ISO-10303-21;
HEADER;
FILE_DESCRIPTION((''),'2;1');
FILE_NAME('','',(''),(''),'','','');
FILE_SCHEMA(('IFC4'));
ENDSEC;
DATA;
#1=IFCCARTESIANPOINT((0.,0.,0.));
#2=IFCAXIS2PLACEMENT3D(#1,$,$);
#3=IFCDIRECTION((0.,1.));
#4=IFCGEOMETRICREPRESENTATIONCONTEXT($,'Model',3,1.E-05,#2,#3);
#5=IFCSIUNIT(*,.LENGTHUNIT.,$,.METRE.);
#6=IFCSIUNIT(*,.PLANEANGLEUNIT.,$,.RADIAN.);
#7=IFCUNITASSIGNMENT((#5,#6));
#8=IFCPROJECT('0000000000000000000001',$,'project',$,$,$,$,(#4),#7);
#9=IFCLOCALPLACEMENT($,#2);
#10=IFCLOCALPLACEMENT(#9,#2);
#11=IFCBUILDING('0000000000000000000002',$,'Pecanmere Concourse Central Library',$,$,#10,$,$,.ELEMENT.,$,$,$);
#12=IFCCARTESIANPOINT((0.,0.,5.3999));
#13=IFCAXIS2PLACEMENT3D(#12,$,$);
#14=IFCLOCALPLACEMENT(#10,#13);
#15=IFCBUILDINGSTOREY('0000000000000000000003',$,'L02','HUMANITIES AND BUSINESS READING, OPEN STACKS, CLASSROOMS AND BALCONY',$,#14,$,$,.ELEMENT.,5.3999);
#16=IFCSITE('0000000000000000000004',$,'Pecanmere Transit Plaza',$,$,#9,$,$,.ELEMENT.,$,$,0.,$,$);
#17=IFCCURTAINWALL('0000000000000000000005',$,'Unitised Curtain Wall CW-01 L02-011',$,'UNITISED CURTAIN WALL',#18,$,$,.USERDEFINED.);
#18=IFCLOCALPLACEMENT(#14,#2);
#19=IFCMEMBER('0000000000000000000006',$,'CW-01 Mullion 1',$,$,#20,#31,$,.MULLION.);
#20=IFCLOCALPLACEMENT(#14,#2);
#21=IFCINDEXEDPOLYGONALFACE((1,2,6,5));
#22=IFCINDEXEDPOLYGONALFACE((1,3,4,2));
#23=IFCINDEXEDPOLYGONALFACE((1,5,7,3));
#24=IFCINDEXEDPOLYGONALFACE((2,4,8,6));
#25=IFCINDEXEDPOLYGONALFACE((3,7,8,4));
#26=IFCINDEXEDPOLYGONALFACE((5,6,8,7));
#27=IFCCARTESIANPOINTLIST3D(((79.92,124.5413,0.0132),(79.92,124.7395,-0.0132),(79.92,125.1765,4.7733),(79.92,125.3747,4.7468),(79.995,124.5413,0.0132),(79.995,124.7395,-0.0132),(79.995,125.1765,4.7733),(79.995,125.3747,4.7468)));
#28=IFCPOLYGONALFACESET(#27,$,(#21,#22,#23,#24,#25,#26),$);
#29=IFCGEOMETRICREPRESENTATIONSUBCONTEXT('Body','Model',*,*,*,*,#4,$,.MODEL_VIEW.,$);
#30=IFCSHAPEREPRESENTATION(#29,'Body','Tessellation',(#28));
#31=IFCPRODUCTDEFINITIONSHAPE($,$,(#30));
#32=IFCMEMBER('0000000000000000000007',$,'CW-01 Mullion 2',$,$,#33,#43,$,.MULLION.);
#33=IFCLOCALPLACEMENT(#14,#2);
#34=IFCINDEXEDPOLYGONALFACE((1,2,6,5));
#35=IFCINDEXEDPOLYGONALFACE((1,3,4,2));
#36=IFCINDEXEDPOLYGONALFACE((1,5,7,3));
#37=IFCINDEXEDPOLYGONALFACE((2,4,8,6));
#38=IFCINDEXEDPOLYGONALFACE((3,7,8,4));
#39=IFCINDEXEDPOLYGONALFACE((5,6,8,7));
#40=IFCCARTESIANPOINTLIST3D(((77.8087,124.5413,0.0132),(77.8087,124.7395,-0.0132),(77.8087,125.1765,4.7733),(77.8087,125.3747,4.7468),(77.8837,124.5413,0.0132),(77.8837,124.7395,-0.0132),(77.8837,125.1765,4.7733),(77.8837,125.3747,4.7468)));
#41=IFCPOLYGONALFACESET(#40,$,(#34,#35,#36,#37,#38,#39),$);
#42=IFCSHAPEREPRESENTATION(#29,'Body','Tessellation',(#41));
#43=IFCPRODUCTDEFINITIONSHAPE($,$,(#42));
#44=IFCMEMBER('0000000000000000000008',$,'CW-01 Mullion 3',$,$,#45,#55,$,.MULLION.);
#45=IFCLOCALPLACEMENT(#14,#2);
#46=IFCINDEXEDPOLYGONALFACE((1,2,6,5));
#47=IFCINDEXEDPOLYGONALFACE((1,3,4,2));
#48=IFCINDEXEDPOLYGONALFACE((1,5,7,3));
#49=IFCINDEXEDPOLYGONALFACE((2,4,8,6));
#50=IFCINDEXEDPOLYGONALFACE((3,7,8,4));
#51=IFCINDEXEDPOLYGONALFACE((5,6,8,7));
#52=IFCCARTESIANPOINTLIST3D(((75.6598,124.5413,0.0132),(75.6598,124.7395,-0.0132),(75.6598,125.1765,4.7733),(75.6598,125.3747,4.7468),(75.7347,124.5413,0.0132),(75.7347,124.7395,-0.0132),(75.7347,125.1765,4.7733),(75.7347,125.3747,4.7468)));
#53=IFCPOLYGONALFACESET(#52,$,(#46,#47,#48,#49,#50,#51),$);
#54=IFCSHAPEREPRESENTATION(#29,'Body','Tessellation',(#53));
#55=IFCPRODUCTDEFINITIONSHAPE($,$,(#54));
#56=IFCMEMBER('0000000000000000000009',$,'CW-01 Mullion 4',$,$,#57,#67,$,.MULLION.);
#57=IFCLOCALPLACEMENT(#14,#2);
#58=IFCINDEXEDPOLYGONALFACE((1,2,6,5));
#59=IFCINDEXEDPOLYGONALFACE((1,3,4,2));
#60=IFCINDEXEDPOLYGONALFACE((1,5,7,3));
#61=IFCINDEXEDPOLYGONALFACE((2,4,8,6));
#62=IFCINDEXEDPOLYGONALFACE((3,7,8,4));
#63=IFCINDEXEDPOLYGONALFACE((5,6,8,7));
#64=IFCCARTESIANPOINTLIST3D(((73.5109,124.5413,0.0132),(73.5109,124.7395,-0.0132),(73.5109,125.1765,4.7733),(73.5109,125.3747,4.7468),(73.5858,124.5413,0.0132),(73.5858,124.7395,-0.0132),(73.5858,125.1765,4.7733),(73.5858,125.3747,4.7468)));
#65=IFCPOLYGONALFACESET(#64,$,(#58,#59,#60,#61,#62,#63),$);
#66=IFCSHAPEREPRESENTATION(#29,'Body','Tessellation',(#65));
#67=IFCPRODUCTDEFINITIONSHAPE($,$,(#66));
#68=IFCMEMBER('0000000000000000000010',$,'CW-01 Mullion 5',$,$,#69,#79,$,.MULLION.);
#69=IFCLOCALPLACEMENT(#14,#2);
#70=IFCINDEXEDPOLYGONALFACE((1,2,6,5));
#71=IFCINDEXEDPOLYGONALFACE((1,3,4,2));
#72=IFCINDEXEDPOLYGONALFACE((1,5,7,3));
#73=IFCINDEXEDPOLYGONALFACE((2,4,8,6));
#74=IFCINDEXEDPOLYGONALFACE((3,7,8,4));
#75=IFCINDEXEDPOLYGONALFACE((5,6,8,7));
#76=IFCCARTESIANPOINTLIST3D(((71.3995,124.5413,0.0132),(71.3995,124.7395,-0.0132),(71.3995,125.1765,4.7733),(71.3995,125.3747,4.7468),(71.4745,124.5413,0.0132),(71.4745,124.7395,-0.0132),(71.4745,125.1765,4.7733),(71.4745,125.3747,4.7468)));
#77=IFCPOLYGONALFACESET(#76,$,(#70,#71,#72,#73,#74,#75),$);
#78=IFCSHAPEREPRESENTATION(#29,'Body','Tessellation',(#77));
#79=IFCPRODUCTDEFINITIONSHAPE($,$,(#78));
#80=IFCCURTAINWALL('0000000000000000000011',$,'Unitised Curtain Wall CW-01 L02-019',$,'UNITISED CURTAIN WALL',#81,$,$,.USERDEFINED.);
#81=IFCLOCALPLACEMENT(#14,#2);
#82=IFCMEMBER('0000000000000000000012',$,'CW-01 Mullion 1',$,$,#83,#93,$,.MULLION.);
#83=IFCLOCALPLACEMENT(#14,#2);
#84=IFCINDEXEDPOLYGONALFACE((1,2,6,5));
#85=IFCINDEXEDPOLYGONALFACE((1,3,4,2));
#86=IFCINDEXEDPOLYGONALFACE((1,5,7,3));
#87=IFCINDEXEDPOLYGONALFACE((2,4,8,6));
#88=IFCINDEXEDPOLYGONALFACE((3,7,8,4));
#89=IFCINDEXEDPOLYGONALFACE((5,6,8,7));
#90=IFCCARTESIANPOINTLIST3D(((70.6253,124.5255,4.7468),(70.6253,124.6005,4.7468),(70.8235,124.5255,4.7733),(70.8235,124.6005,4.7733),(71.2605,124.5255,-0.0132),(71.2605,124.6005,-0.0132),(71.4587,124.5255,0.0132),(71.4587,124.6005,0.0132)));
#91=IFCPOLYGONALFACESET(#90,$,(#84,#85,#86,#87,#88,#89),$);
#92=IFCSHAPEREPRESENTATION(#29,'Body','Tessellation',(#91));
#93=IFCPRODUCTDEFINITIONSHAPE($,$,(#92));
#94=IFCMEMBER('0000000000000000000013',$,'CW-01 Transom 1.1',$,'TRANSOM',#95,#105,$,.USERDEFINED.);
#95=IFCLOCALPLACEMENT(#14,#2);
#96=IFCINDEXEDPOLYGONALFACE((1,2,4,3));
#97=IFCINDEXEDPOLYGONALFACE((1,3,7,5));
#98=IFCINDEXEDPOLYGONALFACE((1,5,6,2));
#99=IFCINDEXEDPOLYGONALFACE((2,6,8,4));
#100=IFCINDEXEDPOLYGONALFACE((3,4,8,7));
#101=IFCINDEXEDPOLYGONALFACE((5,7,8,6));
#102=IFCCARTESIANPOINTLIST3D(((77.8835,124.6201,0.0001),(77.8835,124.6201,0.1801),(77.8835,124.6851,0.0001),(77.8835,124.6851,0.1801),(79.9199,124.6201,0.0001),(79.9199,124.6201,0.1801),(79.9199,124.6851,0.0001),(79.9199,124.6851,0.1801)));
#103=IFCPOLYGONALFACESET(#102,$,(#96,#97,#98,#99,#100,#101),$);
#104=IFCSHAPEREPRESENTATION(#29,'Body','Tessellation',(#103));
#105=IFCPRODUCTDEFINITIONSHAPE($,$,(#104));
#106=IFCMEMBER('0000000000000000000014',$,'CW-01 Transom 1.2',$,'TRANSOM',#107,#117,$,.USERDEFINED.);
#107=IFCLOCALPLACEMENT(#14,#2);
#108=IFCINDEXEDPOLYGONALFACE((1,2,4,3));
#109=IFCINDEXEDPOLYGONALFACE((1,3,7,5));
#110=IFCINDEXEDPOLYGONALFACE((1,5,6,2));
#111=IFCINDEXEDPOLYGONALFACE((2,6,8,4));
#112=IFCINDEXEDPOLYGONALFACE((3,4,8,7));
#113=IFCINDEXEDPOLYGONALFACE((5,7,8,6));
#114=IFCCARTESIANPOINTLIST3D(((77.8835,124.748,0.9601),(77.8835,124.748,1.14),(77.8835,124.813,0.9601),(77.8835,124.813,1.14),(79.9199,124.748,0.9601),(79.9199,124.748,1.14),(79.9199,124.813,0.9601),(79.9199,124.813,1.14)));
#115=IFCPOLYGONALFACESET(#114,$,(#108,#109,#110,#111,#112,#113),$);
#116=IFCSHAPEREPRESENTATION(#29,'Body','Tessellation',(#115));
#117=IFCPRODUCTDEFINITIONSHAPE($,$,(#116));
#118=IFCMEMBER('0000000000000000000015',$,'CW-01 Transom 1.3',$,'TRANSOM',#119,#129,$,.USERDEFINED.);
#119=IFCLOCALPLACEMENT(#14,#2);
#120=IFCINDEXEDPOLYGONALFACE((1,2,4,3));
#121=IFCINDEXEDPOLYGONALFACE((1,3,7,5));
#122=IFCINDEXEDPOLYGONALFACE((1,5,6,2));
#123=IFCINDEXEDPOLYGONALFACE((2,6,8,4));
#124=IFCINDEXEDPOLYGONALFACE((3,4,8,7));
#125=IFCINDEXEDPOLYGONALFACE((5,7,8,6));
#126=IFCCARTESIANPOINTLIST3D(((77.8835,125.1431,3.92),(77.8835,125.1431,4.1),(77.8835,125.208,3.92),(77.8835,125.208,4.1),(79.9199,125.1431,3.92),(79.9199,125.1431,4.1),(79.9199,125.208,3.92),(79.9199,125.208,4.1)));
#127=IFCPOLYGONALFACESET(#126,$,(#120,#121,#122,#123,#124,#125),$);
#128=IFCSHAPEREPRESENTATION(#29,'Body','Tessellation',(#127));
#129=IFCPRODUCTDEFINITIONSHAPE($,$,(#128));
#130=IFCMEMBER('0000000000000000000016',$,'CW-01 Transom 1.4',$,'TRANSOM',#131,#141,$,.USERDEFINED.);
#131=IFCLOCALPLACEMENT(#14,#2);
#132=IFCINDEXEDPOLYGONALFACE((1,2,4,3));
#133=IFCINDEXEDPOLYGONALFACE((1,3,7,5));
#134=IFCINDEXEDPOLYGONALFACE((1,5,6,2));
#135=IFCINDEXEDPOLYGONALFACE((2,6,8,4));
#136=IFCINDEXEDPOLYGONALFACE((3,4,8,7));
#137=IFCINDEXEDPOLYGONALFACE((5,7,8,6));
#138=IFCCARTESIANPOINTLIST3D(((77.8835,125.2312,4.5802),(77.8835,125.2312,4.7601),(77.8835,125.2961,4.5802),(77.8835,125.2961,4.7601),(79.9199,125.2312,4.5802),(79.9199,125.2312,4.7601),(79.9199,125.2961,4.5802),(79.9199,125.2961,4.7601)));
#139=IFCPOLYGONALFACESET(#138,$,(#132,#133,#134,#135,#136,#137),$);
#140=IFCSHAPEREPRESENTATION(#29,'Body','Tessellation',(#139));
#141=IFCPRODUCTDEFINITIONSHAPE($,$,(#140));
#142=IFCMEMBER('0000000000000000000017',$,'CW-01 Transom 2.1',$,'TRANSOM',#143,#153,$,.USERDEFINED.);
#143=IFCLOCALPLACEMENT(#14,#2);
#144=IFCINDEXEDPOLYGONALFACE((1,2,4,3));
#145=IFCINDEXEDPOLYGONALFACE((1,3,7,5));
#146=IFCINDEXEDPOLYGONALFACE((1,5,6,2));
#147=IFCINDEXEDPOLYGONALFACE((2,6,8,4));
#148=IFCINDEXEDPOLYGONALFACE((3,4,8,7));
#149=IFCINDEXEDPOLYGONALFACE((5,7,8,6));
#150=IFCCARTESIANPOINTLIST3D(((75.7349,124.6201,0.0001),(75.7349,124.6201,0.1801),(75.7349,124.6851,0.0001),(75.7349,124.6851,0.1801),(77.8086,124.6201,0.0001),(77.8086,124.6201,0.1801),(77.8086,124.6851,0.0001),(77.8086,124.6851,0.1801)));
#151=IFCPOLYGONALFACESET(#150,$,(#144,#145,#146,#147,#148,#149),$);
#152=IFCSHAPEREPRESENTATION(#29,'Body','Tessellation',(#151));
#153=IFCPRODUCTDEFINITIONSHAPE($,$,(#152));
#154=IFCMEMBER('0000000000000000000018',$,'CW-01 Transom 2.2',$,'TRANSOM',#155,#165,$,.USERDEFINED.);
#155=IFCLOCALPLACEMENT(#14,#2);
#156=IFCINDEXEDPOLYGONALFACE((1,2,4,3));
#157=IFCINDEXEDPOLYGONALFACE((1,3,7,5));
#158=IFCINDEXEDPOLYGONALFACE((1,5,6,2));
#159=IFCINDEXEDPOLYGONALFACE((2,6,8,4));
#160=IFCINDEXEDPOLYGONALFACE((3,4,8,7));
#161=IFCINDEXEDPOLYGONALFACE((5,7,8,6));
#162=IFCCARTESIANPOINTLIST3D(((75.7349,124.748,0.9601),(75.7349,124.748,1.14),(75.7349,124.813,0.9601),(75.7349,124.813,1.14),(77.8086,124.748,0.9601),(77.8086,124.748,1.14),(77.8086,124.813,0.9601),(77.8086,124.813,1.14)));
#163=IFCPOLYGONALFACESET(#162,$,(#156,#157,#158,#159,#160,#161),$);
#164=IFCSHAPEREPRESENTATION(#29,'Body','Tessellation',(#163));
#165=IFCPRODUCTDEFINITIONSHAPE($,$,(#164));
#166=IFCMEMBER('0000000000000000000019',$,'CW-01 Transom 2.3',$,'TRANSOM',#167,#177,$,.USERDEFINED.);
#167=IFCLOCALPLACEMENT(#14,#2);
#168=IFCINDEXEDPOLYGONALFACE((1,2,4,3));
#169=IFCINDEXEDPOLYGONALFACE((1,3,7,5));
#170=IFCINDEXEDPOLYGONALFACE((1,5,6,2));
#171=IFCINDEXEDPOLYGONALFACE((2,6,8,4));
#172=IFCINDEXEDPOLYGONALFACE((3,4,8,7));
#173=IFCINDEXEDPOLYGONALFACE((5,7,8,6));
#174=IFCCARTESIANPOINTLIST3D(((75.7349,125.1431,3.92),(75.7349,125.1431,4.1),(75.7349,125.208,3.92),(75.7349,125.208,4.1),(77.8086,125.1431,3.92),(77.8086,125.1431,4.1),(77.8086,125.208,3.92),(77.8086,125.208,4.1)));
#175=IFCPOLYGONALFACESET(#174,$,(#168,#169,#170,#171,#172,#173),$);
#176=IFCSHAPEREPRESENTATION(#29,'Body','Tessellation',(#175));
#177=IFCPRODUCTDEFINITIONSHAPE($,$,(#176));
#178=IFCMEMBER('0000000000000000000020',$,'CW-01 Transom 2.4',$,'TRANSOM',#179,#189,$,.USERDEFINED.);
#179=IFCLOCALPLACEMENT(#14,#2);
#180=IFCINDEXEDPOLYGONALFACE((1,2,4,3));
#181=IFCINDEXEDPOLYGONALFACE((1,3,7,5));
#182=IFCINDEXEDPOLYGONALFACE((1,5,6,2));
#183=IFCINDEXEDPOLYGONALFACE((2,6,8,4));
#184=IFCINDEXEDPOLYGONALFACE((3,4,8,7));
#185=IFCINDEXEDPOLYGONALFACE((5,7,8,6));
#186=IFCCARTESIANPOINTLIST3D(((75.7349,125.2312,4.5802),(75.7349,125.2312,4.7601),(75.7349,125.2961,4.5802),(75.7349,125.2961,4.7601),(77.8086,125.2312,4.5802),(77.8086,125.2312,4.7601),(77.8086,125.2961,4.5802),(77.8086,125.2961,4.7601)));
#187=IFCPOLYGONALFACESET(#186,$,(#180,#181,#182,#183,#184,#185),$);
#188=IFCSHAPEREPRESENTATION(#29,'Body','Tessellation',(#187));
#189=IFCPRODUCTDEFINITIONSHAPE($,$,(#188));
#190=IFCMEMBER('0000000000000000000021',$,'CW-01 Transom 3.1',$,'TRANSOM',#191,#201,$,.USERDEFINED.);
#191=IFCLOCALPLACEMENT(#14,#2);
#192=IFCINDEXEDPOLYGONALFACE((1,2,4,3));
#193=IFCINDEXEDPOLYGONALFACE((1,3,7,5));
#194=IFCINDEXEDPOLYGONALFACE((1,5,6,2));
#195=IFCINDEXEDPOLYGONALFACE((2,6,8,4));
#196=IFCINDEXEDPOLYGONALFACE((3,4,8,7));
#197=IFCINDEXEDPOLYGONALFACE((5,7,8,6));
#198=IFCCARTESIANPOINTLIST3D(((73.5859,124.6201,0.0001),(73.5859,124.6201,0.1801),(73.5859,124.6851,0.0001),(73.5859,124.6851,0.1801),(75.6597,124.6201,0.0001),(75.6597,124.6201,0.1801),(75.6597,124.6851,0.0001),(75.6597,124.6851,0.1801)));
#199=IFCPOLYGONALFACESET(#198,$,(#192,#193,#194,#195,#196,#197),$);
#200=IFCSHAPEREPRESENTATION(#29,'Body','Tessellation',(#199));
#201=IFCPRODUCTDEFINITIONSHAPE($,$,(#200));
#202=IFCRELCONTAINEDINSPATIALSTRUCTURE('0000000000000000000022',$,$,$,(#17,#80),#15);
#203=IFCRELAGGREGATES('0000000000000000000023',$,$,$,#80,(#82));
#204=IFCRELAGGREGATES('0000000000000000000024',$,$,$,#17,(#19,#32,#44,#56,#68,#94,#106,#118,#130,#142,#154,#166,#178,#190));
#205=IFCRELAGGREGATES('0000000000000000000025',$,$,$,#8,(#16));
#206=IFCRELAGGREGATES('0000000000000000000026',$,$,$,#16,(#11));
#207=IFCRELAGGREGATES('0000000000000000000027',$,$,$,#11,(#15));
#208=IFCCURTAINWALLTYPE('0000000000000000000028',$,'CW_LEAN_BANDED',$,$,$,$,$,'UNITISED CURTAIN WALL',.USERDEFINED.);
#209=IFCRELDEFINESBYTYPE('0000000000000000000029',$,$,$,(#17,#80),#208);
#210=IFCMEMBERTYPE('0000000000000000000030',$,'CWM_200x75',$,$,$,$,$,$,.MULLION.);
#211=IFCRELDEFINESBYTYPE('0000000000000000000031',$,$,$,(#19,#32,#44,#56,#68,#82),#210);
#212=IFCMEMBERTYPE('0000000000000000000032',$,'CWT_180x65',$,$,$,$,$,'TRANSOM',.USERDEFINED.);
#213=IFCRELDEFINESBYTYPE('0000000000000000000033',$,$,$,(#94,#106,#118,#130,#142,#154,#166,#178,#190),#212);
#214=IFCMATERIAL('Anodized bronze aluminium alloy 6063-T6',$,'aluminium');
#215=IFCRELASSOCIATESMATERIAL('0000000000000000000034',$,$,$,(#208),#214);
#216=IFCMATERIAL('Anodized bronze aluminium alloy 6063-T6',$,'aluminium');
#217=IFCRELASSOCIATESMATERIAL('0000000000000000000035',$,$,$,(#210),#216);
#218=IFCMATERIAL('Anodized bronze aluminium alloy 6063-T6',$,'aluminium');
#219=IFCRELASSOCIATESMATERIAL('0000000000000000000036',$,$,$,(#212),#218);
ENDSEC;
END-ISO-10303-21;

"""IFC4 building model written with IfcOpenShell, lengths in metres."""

from ifc_helpers import new_model, si_unit, direction, frame, origin, origin_2d, place, context, subcontext, project, spatial, rectangle, extrude, material, material_profile, profile_set, type_object, element, aggregate, save


model = new_model("IFC4")

# Units and contexts
model_context = context("Model", 3, precision=1e-05, world=origin(), true_north=direction((0.0, 1.0)))
body_context = subcontext(model_context, "Body", "Model", "MODEL_VIEW")
ifc_project = project(units=[si_unit("LENGTHUNIT", "METRE"), si_unit("PLANEANGLEUNIT", "RADIAN")], contexts=[model_context])

# Site, building, storey
site_placement = place(None, origin())
site = spatial("IfcSite", under=ifc_project, at=site_placement, Name="Pecanmere Transit Plaza", CompositionType="ELEMENT", RefElevation=0.0)
building_placement = place(site_placement, origin())
building = spatial("IfcBuilding", under=site, at=building_placement, Name="Pecanmere Concourse Central Library", CompositionType="ELEMENT")
storey_placement = place(building_placement, frame((0.0, 0.0, 5.3999)))
storey = spatial("IfcBuildingStorey", under=building, at=storey_placement, Name="L02", Description="HUMANITIES AND BUSINESS READING, OPEN STACKS, CLASSROOMS AND BALCONY", CompositionType="ELEMENT", Elevation=5.3999)

# Curtain wall, members
ifc_material_1 = material(Name="Anodized bronze aluminium alloy 6063-T6", Category="aluminium")
curtain_wall_type = type_object("IfcCurtainWallType", Name="CW_LEAN_BANDED", ElementType="UNITISED CURTAIN WALL", PredefinedType="USERDEFINED", material=ifc_material_1)
curtain_wall_1_placement = place(storey_placement, origin())
curtain_wall_1 = element("IfcCurtainWall", 1, at=curtain_wall_1_placement, inside=storey, type_object=curtain_wall_type, Name="Unitised Curtain Wall CW-01 L02-011", ObjectType="UNITISED CURTAIN WALL", PredefinedType="USERDEFINED")
ifc_material_2 = material(Name="Anodized bronze aluminium alloy 6063-T6", Category="aluminium")
ifc_material_profile_1 = material_profile(ifc_material_2, rectangle(XDim=0.075, YDim=0.2, at=origin_2d()), Name="AL 75x200")
ifc_profile_set_1 = profile_set([ifc_material_profile_1], Name="Anodized bronze aluminium alloy 6063-T6")
member_type_1 = type_object("IfcMemberType", Name="CWM_200x75", PredefinedType="MULLION", material=ifc_profile_set_1)
member_1_placement = place(storey_placement, frame((79.9575, 124.6404, 0.0), z_axis=(0.0, 0.132284, 0.991212), x_axis=(-1.0, 0.0, 0.0)))
member_1 = element("IfcMember", 2, at=member_1_placement, type_object=member_type_1, Name="CW-01 Mullion 1", PredefinedType="MULLION", context=body_context, shape_type="SweptSolid", body=[
    extrude(rectangle(XDim=0.075, YDim=0.2, at=origin_2d()), origin(), (0.0, 0.0, 1.0), 4.8022),
])
member_2_placement = place(storey_placement, frame((77.8462, 124.6404, 0.0), z_axis=(0.0, 0.132284, 0.991212), x_axis=(-1.0, 0.0, 0.0)))
member_2 = element("IfcMember", 3, at=member_2_placement, type_object=member_type_1, Name="CW-01 Mullion 2", PredefinedType="MULLION", context=body_context, shape_type="SweptSolid", body=[
    extrude(rectangle(XDim=0.075, YDim=0.2, at=origin_2d()), origin(), (0.0, 0.0, 1.0), 4.8022),
])
member_3_placement = place(storey_placement, frame((75.6973, 124.6404, 0.0), z_axis=(0.0, 0.132284, 0.991212), x_axis=(-1.0, 0.0, 0.0)))
member_3 = element("IfcMember", 4, at=member_3_placement, type_object=member_type_1, Name="CW-01 Mullion 3", PredefinedType="MULLION", context=body_context, shape_type="SweptSolid", body=[
    extrude(rectangle(XDim=0.075, YDim=0.2, at=origin_2d()), origin(), (0.0, 0.0, 1.0), 4.8022),
])
member_4_placement = place(storey_placement, frame((73.5483, 124.6404, 0.0), z_axis=(0.0, 0.132284, 0.991212), x_axis=(-1.0, 0.0, 0.0)))
member_4 = element("IfcMember", 5, at=member_4_placement, type_object=member_type_1, Name="CW-01 Mullion 4", PredefinedType="MULLION", context=body_context, shape_type="SweptSolid", body=[
    extrude(rectangle(XDim=0.075, YDim=0.2, at=origin_2d()), origin(), (0.0, 0.0, 1.0), 4.8022),
])
member_5_placement = place(storey_placement, frame((71.437, 124.6404, 0.0), z_axis=(0.0, 0.132284, 0.991212), x_axis=(-1.0, 0.0, 0.0)))
member_5 = element("IfcMember", 6, at=member_5_placement, type_object=member_type_1, Name="CW-01 Mullion 5", PredefinedType="MULLION", context=body_context, shape_type="SweptSolid", body=[
    extrude(rectangle(XDim=0.075, YDim=0.2, at=origin_2d()), origin(), (0.0, 0.0, 1.0), 4.8022),
])

# Curtain wall, member
curtain_wall_2_placement = place(storey_placement, origin())
curtain_wall_2 = element("IfcCurtainWall", 7, at=curtain_wall_2_placement, inside=storey, type_object=curtain_wall_type, Name="Unitised Curtain Wall CW-01 L02-019", ObjectType="UNITISED CURTAIN WALL", PredefinedType="USERDEFINED")
member_6_placement = place(storey_placement, frame((71.3596, 124.563, 0.0), z_axis=(-0.132284, 0.0, 0.991212), x_axis=(0.0, -1.0, 0.0)))
member_6 = element("IfcMember", 8, at=member_6_placement, type_object=member_type_1, Name="CW-01 Mullion 1", PredefinedType="MULLION", context=body_context, shape_type="SweptSolid", body=[
    extrude(rectangle(XDim=0.075, YDim=0.2, at=origin_2d()), origin(), (0.0, 0.0, 1.0), 4.8022),
])
aggregate(curtain_wall_2, [member_6])

# Members
ifc_material_3 = material(Name="Anodized bronze aluminium alloy 6063-T6", Category="aluminium")
ifc_material_profile_2 = material_profile(ifc_material_3, rectangle(XDim=0.0649, YDim=0.1799, at=origin_2d()), Name="AL 65x180")
ifc_profile_set_2 = profile_set([ifc_material_profile_2], Name="Anodized bronze aluminium alloy 6063-T6")
member_type_2 = type_object("IfcMemberType", Name="CWT_180x65", ElementType="TRANSOM", PredefinedType="USERDEFINED", material=ifc_profile_set_2)
member_7_placement = place(storey_placement, frame((79.9199, 124.6526, 0.0901), z_axis=(-1.0, 0.0, 0.0), x_axis=(0.0, -1.0, 0.0)))
member_7 = element("IfcMember", 9, at=member_7_placement, type_object=member_type_2, Name="CW-01 Transom 1.1", ObjectType="TRANSOM", PredefinedType="USERDEFINED", context=body_context, shape_type="SweptSolid", body=[
    extrude(rectangle(XDim=0.0649, YDim=0.1799, at=origin_2d()), origin(), (0.0, 0.0, 1.0), 2.0364),
])
member_8_placement = place(storey_placement, frame((79.9199, 124.7805, 1.05), z_axis=(-1.0, 0.0, 0.0), x_axis=(0.0, -1.0, 0.0)))
member_8 = element("IfcMember", 10, at=member_8_placement, type_object=member_type_2, Name="CW-01 Transom 1.2", ObjectType="TRANSOM", PredefinedType="USERDEFINED", context=body_context, shape_type="SweptSolid", body=[
    extrude(rectangle(XDim=0.0649, YDim=0.1799, at=origin_2d()), origin(), (0.0, 0.0, 1.0), 2.0364),
])
member_9_placement = place(storey_placement, frame((79.9199, 125.1755, 4.01), z_axis=(-1.0, 0.0, 0.0), x_axis=(0.0, -1.0, 0.0)))
member_9 = element("IfcMember", 11, at=member_9_placement, type_object=member_type_2, Name="CW-01 Transom 1.3", ObjectType="TRANSOM", PredefinedType="USERDEFINED", context=body_context, shape_type="SweptSolid", body=[
    extrude(rectangle(XDim=0.0649, YDim=0.1799, at=origin_2d()), origin(), (0.0, 0.0, 1.0), 2.0364),
])
member_10_placement = place(storey_placement, frame((79.9199, 125.2637, 4.6702), z_axis=(-1.0, 0.0, 0.0), x_axis=(0.0, -1.0, 0.0)))
member_10 = element("IfcMember", 12, at=member_10_placement, type_object=member_type_2, Name="CW-01 Transom 1.4", ObjectType="TRANSOM", PredefinedType="USERDEFINED", context=body_context, shape_type="SweptSolid", body=[
    extrude(rectangle(XDim=0.0649, YDim=0.1799, at=origin_2d()), origin(), (0.0, 0.0, 1.0), 2.0364),
])
member_11_placement = place(storey_placement, frame((77.8086, 124.6526, 0.0901), z_axis=(-1.0, 0.0, 0.0), x_axis=(0.0, -1.0, 0.0)))
member_11 = element("IfcMember", 13, at=member_11_placement, type_object=member_type_2, Name="CW-01 Transom 2.1", ObjectType="TRANSOM", PredefinedType="USERDEFINED", context=body_context, shape_type="SweptSolid", body=[
    extrude(rectangle(XDim=0.0649, YDim=0.1799, at=origin_2d()), origin(), (0.0, 0.0, 1.0), 2.0737),
])
member_12_placement = place(storey_placement, frame((77.8086, 124.7805, 1.05), z_axis=(-1.0, 0.0, 0.0), x_axis=(0.0, -1.0, 0.0)))
member_12 = element("IfcMember", 14, at=member_12_placement, type_object=member_type_2, Name="CW-01 Transom 2.2", ObjectType="TRANSOM", PredefinedType="USERDEFINED", context=body_context, shape_type="SweptSolid", body=[
    extrude(rectangle(XDim=0.0649, YDim=0.1799, at=origin_2d()), origin(), (0.0, 0.0, 1.0), 2.0737),
])
member_13_placement = place(storey_placement, frame((77.8086, 125.1755, 4.01), z_axis=(-1.0, 0.0, 0.0), x_axis=(0.0, -1.0, 0.0)))
member_13 = element("IfcMember", 15, at=member_13_placement, type_object=member_type_2, Name="CW-01 Transom 2.3", ObjectType="TRANSOM", PredefinedType="USERDEFINED", context=body_context, shape_type="SweptSolid", body=[
    extrude(rectangle(XDim=0.0649, YDim=0.1799, at=origin_2d()), origin(), (0.0, 0.0, 1.0), 2.0737),
])
member_14_placement = place(storey_placement, frame((77.8086, 125.2637, 4.6702), z_axis=(-1.0, 0.0, 0.0), x_axis=(0.0, -1.0, 0.0)))
member_14 = element("IfcMember", 16, at=member_14_placement, type_object=member_type_2, Name="CW-01 Transom 2.4", ObjectType="TRANSOM", PredefinedType="USERDEFINED", context=body_context, shape_type="SweptSolid", body=[
    extrude(rectangle(XDim=0.0649, YDim=0.1799, at=origin_2d()), origin(), (0.0, 0.0, 1.0), 2.0737),
])
member_15_placement = place(storey_placement, frame((75.6597, 124.6526, 0.0901), z_axis=(-1.0, 0.0, 0.0), x_axis=(0.0, -1.0, 0.0)))
member_15 = element("IfcMember", 17, at=member_15_placement, type_object=member_type_2, Name="CW-01 Transom 3.1", ObjectType="TRANSOM", PredefinedType="USERDEFINED", context=body_context, shape_type="SweptSolid", body=[
    extrude(rectangle(XDim=0.0649, YDim=0.1799, at=origin_2d()), origin(), (0.0, 0.0, 1.0), 2.0737),
])

aggregate(curtain_wall_1, [member_1, member_2, member_3, member_4, member_5, member_7, member_8, member_9, member_10, member_11, member_12, member_13, member_14, member_15])

save(model, "model.ifc")
